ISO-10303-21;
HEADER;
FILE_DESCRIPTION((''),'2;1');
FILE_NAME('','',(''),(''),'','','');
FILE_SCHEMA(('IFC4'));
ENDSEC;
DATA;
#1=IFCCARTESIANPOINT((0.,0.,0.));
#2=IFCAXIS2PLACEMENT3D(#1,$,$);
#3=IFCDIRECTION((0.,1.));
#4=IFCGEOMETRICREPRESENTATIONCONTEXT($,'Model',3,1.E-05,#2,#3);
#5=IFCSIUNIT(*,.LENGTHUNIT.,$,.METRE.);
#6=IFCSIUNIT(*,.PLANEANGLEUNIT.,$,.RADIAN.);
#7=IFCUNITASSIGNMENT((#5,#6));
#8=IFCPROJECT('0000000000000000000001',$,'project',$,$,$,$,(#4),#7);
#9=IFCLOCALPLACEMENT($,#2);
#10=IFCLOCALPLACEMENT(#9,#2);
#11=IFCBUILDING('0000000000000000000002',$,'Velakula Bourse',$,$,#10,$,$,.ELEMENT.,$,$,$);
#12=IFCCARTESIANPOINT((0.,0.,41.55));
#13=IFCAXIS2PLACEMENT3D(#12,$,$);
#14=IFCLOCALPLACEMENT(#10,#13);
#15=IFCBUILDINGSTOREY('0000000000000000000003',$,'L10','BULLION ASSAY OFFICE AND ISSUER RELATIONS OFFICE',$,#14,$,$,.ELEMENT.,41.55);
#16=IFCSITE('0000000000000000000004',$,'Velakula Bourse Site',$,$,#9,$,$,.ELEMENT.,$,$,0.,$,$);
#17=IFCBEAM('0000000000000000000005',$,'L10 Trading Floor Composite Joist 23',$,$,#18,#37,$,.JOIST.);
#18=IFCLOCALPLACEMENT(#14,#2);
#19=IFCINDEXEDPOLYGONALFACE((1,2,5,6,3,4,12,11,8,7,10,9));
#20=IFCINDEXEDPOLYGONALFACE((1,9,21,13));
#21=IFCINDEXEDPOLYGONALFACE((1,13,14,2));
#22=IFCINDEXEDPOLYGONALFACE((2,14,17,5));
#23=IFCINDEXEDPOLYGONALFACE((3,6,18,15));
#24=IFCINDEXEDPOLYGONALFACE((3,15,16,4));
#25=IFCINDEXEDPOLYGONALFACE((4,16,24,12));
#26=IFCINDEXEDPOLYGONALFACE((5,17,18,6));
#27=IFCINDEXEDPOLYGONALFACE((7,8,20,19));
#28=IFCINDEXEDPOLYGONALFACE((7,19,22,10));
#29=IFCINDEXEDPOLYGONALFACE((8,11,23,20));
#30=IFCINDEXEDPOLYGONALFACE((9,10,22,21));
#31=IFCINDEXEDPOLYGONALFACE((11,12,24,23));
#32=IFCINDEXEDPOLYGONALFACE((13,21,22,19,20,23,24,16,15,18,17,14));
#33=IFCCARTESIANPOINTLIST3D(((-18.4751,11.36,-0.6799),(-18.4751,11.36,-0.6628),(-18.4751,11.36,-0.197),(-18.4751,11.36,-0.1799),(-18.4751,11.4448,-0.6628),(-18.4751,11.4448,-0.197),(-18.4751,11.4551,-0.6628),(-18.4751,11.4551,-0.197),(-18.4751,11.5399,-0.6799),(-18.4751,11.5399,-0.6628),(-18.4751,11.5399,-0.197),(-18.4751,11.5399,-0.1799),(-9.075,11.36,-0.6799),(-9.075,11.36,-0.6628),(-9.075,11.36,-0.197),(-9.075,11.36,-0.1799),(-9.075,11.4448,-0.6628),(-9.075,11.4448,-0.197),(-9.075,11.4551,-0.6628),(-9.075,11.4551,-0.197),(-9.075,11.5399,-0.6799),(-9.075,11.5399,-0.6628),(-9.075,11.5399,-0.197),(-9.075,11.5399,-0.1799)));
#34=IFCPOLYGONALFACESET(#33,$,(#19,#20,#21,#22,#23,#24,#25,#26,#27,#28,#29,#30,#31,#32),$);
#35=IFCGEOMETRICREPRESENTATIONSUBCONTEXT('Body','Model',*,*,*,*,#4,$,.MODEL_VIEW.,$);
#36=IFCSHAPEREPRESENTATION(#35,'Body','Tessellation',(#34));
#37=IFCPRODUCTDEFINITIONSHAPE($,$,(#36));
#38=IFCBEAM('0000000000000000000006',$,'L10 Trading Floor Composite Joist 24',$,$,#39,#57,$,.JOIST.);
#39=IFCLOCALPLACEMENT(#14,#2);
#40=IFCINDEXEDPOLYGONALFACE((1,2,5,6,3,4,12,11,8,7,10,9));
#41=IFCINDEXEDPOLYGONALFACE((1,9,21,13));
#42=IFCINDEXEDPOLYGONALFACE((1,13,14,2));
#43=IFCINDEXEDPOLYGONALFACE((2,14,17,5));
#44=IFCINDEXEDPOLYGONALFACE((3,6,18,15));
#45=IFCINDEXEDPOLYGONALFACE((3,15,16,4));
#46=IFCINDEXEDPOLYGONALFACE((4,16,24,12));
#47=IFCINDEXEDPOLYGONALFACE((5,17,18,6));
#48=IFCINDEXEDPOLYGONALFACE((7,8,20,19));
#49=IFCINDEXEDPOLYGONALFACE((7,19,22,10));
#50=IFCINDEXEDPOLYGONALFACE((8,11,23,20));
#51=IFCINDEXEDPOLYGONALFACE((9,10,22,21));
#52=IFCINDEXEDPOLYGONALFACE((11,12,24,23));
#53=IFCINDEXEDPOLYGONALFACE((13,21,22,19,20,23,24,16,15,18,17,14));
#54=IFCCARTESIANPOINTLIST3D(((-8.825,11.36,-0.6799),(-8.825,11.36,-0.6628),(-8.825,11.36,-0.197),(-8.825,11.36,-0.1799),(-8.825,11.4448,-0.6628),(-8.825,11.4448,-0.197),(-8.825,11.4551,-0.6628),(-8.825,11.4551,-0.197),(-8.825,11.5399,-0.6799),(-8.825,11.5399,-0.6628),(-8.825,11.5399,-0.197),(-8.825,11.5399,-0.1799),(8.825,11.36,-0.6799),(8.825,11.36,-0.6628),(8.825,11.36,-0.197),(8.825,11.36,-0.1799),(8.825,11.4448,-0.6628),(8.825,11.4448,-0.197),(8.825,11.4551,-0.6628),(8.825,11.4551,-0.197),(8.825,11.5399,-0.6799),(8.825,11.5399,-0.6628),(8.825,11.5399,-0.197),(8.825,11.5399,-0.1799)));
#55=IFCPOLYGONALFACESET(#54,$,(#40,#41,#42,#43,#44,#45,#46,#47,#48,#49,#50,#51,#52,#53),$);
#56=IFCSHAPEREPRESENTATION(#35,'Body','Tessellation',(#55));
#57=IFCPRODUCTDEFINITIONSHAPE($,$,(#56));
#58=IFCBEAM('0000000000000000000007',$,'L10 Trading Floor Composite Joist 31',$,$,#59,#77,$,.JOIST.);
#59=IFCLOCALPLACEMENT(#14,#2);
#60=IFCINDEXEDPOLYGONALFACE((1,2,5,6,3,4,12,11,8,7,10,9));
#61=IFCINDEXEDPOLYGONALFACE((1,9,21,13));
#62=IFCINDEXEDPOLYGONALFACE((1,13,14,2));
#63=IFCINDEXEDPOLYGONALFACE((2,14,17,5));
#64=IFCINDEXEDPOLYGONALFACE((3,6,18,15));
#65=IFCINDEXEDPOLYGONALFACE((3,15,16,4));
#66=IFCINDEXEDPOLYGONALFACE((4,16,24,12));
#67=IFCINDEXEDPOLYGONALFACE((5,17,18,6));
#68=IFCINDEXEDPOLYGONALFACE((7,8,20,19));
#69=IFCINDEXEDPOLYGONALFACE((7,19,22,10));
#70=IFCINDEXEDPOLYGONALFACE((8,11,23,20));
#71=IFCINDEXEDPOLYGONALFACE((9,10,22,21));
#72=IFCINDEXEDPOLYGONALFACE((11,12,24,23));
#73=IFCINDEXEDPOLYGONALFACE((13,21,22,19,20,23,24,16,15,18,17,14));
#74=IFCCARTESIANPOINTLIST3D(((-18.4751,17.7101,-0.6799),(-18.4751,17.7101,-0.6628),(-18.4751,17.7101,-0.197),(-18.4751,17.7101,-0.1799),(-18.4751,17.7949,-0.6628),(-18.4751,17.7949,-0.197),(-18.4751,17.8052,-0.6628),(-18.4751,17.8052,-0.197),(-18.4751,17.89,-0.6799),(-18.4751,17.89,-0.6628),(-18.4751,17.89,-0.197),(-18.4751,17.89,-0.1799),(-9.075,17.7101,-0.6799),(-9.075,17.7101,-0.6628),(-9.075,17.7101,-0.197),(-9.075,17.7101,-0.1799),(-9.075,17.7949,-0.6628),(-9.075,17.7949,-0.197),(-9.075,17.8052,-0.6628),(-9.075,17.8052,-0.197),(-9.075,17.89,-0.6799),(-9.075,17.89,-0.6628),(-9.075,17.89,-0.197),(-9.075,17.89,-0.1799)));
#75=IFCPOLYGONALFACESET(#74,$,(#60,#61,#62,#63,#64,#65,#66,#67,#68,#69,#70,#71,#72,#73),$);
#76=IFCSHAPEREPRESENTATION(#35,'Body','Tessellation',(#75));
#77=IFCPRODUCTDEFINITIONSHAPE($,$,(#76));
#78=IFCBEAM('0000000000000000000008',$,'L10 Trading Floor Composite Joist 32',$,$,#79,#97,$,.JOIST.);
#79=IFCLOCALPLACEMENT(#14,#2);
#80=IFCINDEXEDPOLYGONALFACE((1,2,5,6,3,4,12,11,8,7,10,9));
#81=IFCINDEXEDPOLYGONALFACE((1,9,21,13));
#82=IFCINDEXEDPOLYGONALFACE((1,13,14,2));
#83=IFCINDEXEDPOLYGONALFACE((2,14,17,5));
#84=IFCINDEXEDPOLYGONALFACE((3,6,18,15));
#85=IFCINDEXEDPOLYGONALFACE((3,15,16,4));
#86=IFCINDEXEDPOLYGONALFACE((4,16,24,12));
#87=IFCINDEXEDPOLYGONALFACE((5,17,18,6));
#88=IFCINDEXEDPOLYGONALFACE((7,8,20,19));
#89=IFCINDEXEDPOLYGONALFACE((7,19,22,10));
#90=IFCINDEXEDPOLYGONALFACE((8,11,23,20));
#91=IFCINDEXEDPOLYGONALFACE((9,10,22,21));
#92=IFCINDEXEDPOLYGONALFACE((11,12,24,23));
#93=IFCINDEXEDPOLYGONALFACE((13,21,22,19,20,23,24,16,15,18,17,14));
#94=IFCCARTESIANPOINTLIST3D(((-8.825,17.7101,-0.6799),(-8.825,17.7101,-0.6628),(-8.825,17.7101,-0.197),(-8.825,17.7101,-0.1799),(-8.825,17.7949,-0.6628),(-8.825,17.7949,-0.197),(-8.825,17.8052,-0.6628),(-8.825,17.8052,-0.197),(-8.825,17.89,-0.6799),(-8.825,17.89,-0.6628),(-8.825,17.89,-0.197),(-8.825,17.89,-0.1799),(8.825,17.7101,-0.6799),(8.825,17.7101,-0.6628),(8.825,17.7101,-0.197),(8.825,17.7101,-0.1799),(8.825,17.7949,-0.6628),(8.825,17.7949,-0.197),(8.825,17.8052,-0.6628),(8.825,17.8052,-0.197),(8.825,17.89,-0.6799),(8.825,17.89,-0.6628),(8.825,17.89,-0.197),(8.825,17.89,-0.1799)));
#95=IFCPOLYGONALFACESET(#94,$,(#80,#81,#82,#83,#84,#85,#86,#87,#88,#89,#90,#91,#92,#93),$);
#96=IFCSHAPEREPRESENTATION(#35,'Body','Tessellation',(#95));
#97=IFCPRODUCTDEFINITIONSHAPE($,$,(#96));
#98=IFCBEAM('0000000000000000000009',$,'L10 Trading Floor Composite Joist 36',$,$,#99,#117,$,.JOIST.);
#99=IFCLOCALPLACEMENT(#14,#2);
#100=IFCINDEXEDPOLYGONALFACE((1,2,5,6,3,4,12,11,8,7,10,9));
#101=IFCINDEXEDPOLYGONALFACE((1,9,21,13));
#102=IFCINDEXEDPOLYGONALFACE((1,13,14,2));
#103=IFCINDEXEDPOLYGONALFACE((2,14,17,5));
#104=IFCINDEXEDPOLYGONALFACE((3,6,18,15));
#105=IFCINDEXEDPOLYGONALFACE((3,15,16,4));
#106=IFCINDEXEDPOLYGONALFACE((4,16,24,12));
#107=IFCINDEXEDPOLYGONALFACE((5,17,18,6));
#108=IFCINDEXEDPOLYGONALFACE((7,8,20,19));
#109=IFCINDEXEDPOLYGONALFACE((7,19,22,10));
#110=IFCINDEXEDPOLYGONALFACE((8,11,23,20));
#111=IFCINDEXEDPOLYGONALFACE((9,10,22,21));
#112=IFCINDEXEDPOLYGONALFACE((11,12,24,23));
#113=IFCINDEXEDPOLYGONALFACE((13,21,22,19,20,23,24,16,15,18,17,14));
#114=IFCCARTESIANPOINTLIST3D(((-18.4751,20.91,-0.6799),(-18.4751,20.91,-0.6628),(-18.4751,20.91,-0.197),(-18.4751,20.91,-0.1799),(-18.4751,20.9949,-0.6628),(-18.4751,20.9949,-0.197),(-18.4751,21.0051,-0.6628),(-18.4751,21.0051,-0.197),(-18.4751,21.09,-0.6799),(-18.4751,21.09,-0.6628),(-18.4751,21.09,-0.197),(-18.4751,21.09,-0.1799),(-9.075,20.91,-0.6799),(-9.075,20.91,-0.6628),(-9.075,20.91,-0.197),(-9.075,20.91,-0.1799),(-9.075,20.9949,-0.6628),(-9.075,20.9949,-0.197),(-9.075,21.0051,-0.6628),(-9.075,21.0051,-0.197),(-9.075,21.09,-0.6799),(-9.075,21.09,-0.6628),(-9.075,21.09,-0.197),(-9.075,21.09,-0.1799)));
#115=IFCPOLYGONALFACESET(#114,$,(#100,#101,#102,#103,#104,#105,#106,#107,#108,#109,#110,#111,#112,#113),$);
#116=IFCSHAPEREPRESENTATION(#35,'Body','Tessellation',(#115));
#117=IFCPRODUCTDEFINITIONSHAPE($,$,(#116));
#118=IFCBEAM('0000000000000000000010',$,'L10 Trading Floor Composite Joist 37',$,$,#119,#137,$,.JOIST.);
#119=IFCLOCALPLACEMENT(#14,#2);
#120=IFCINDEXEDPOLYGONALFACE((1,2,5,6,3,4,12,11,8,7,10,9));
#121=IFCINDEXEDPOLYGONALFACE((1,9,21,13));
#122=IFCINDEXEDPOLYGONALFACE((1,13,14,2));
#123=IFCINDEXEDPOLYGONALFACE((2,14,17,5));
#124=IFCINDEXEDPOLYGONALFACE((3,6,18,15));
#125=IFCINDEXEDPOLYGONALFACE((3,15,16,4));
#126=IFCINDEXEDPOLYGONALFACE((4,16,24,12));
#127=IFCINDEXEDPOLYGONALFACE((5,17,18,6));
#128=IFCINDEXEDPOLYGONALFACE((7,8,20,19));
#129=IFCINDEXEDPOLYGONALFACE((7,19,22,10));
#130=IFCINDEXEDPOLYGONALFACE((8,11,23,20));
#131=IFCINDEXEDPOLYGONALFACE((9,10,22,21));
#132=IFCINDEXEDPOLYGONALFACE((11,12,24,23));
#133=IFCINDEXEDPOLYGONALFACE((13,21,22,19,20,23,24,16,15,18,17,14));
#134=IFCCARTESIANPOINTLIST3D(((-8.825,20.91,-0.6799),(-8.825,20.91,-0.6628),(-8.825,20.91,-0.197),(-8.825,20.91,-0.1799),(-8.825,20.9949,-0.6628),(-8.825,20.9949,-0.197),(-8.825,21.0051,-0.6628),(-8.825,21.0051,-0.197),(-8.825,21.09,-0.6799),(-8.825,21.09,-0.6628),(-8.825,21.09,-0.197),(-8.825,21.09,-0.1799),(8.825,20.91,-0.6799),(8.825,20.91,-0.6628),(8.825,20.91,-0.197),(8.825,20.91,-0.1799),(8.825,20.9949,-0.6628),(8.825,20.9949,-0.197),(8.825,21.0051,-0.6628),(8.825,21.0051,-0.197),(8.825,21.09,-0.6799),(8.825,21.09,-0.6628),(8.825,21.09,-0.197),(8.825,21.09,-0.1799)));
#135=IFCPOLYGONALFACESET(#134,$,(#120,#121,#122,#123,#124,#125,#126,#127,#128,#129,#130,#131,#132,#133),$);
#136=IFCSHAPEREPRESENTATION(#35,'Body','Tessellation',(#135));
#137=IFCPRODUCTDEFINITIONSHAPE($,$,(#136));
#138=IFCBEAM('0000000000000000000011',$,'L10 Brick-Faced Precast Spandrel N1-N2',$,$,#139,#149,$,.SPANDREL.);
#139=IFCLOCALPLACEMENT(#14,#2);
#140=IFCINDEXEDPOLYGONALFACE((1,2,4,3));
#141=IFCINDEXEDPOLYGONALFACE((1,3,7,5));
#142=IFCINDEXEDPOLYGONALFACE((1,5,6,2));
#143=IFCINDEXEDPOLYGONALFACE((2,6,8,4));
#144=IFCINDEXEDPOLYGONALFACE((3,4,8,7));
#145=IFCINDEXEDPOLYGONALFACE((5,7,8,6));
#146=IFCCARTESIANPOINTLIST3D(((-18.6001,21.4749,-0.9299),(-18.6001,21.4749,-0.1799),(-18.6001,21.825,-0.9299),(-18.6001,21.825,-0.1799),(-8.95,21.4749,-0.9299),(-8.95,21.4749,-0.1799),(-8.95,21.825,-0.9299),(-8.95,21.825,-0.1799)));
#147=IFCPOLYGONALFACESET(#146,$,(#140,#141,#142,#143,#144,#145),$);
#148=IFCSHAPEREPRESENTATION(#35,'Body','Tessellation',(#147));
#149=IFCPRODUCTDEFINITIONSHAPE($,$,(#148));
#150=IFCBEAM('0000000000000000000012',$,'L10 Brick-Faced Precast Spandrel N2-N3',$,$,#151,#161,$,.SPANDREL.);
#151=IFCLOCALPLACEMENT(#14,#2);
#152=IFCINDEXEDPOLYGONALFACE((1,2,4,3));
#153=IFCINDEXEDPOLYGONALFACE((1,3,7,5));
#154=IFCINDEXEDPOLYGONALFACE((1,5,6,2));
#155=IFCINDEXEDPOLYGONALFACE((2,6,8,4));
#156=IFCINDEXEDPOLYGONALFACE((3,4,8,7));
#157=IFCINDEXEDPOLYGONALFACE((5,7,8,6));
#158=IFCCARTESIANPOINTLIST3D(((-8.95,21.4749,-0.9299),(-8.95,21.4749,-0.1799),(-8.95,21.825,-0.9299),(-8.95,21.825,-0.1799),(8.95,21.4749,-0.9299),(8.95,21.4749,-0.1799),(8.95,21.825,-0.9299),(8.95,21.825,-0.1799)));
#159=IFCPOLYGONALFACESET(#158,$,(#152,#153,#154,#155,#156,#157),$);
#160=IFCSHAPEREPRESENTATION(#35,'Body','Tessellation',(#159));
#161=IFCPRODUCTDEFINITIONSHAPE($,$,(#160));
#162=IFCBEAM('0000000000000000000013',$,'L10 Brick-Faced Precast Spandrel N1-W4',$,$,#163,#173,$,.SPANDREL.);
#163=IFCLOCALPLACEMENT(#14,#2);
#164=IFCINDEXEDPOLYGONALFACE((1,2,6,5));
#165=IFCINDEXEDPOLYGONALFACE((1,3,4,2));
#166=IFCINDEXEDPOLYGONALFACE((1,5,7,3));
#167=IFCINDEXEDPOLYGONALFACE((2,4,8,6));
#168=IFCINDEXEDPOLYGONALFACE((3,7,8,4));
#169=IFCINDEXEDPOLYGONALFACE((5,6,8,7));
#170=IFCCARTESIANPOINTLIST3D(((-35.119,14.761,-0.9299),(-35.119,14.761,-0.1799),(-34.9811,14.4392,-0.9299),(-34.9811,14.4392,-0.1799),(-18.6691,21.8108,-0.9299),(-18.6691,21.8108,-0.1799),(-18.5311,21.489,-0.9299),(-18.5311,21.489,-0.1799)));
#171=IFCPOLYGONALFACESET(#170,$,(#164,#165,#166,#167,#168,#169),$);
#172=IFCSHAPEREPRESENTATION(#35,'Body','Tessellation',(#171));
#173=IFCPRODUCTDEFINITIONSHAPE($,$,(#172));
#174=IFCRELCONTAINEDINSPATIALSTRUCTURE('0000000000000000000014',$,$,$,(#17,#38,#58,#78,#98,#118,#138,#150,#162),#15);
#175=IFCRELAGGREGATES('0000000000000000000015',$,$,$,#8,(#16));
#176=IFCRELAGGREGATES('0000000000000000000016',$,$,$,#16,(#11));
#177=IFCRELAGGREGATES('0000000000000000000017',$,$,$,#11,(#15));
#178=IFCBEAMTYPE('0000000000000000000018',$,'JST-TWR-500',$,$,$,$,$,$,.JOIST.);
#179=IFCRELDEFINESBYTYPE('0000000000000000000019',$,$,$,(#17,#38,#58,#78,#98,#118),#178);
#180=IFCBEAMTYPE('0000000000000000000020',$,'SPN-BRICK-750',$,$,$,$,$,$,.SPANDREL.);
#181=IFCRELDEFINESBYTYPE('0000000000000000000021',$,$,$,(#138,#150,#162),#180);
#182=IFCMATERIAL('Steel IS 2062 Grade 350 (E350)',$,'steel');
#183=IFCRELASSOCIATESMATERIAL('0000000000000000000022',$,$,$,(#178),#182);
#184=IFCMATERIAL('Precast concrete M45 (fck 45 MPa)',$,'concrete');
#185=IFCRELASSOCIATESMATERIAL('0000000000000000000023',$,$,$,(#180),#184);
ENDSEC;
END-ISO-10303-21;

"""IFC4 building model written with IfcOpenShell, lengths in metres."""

from ifc_helpers import new_model, si_unit, direction, frame, origin, origin_2d, place, context, subcontext, project, spatial, rectangle, i_section, extrude, material, material_profile, profile_set, type_object, element, save


model = new_model("IFC4")

# Units and contexts
model_context = context("Model", 3, precision=1e-05, world=origin(), true_north=direction((0.0, 1.0)))
body_context = subcontext(model_context, "Body", "Model", "MODEL_VIEW")
ifc_project = project(units=[si_unit("LENGTHUNIT", "METRE"), si_unit("PLANEANGLEUNIT", "RADIAN")], contexts=[model_context])

# Site, building, storey
site_placement = place(None, origin())
site = spatial("IfcSite", under=ifc_project, at=site_placement, Name="Velakula Bourse Site", CompositionType="ELEMENT", RefElevation=0.0)
building_placement = place(site_placement, origin())
building = spatial("IfcBuilding", under=site, at=building_placement, Name="Velakula Bourse", CompositionType="ELEMENT")
storey_placement = place(building_placement, frame((0.0, 0.0, 41.55)))
storey = spatial("IfcBuildingStorey", under=building, at=storey_placement, Name="L10", Description="BULLION ASSAY OFFICE AND ISSUER RELATIONS OFFICE", CompositionType="ELEMENT", Elevation=41.55)

# Beams
ifc_material_1 = material(Name="Steel IS 2062 Grade 350 (E350)", Category="steel")
ifc_material_profile_1 = material_profile(ifc_material_1, i_section(OverallWidth=0.1799, OverallDepth=0.5, WebThickness=0.0103, FlangeThickness=0.0171, at=origin_2d()), Name="Steel IS 2062 Grade 350 (E350)")
ifc_profile_set_1 = profile_set([ifc_material_profile_1], Name="Steel IS 2062 Grade 350 (E350)")
beam_type_1 = type_object("IfcBeamType", Name="JST-TWR-500", PredefinedType="JOIST", material=ifc_profile_set_1)
beam_1_placement = place(storey_placement, frame((-18.4751, 11.45, -0.4299), z_axis=(1.0, 0.0, 0.0), x_axis=(0.0, 1.0, 0.0)))
element("IfcBeam", 1, at=beam_1_placement, inside=storey, type_object=beam_type_1, Name="L10 Trading Floor Composite Joist 23", PredefinedType="JOIST", context=body_context, shape_type="SweptSolid", body=[
    extrude(i_section(OverallWidth=0.1799, OverallDepth=0.5, WebThickness=0.0103, FlangeThickness=0.0171, at=origin_2d()), origin(), (0.0, 0.0, 1.0), 9.4001),
])
beam_2_placement = place(storey_placement, frame((-8.825, 11.45, -0.4299), z_axis=(1.0, 0.0, 0.0), x_axis=(0.0, 1.0, 0.0)))
element("IfcBeam", 2, at=beam_2_placement, inside=storey, type_object=beam_type_1, Name="L10 Trading Floor Composite Joist 24", PredefinedType="JOIST", context=body_context, shape_type="SweptSolid", body=[
    extrude(i_section(OverallWidth=0.1799, OverallDepth=0.5, WebThickness=0.0103, FlangeThickness=0.0171, at=origin_2d()), origin(), (0.0, 0.0, 1.0), 17.6499),
])
beam_3_placement = place(storey_placement, frame((-18.4751, 17.8, -0.4299), z_axis=(1.0, 0.0, 0.0), x_axis=(0.0, 1.0, 0.0)))
element("IfcBeam", 3, at=beam_3_placement, inside=storey, type_object=beam_type_1, Name="L10 Trading Floor Composite Joist 31", PredefinedType="JOIST", context=body_context, shape_type="SweptSolid", body=[
    extrude(i_section(OverallWidth=0.1799, OverallDepth=0.5, WebThickness=0.0103, FlangeThickness=0.0171, at=origin_2d()), origin(), (0.0, 0.0, 1.0), 9.4001),
])
beam_4_placement = place(storey_placement, frame((-8.825, 17.8, -0.4299), z_axis=(1.0, 0.0, 0.0), x_axis=(0.0, 1.0, 0.0)))
element("IfcBeam", 4, at=beam_4_placement, inside=storey, type_object=beam_type_1, Name="L10 Trading Floor Composite Joist 32", PredefinedType="JOIST", context=body_context, shape_type="SweptSolid", body=[
    extrude(i_section(OverallWidth=0.1799, OverallDepth=0.5, WebThickness=0.0103, FlangeThickness=0.0171, at=origin_2d()), origin(), (0.0, 0.0, 1.0), 17.6499),
])
beam_5_placement = place(storey_placement, frame((-18.4751, 21.0, -0.4299), z_axis=(1.0, 0.0, 0.0), x_axis=(0.0, 1.0, 0.0)))
element("IfcBeam", 5, at=beam_5_placement, inside=storey, type_object=beam_type_1, Name="L10 Trading Floor Composite Joist 36", PredefinedType="JOIST", context=body_context, shape_type="SweptSolid", body=[
    extrude(i_section(OverallWidth=0.1799, OverallDepth=0.5, WebThickness=0.0103, FlangeThickness=0.0171, at=origin_2d()), origin(), (0.0, 0.0, 1.0), 9.4001),
])
beam_6_placement = place(storey_placement, frame((-8.825, 21.0, -0.4299), z_axis=(1.0, 0.0, 0.0), x_axis=(0.0, 1.0, 0.0)))
element("IfcBeam", 6, at=beam_6_placement, inside=storey, type_object=beam_type_1, Name="L10 Trading Floor Composite Joist 37", PredefinedType="JOIST", context=body_context, shape_type="SweptSolid", body=[
    extrude(i_section(OverallWidth=0.1799, OverallDepth=0.5, WebThickness=0.0103, FlangeThickness=0.0171, at=origin_2d()), origin(), (0.0, 0.0, 1.0), 17.6499),
])
ifc_material_2 = material(Name="Precast concrete M45 (fck 45 MPa)", Category="concrete")
ifc_material_profile_2 = material_profile(ifc_material_2, rectangle(XDim=0.3501, YDim=0.75, at=origin_2d()), Name="Precast concrete M45 (fck 45 MPa)")
ifc_profile_set_2 = profile_set([ifc_material_profile_2], Name="Precast concrete M45 (fck 45 MPa)")
beam_type_2 = type_object("IfcBeamType", Name="SPN-BRICK-750", PredefinedType="SPANDREL", material=ifc_profile_set_2)
beam_7_placement = place(storey_placement, frame((-18.6001, 21.6499, -0.5549), z_axis=(1.0, 0.0, 0.0), x_axis=(0.0, 1.0, 0.0)))
element("IfcBeam", 7, at=beam_7_placement, inside=storey, type_object=beam_type_2, Name="L10 Brick-Faced Precast Spandrel N1-N2", PredefinedType="SPANDREL", context=body_context, shape_type="SweptSolid", body=[
    extrude(rectangle(XDim=0.3501, YDim=0.75, at=origin_2d()), origin(), (0.0, 0.0, 1.0), 9.6501),
])
beam_8_placement = place(storey_placement, frame((-8.95, 21.6499, -0.5549), z_axis=(1.0, 0.0, 0.0), x_axis=(0.0, 1.0, 0.0)))
element("IfcBeam", 8, at=beam_8_placement, inside=storey, type_object=beam_type_2, Name="L10 Brick-Faced Precast Spandrel N2-N3", PredefinedType="SPANDREL", context=body_context, shape_type="SweptSolid", body=[
    extrude(rectangle(XDim=0.3501, YDim=0.75, at=origin_2d()), origin(), (0.0, 0.0, 1.0), 17.8999),
])
beam_9_placement = place(storey_placement, frame((-18.6001, 21.6499, -0.5549), z_axis=(-0.919149, -0.393911, 0.0), x_axis=(0.393911, -0.919149, 0.0)))
element("IfcBeam", 9, at=beam_9_placement, inside=storey, type_object=beam_type_2, Name="L10 Brick-Faced Precast Spandrel N1-W4", PredefinedType="SPANDREL", context=body_context, shape_type="SweptSolid", body=[
    extrude(rectangle(XDim=0.3501, YDim=0.75, at=origin_2d()), origin(), (0.0, 0.0, 1.0), 17.897),
])

save(model, "model.ifc")
